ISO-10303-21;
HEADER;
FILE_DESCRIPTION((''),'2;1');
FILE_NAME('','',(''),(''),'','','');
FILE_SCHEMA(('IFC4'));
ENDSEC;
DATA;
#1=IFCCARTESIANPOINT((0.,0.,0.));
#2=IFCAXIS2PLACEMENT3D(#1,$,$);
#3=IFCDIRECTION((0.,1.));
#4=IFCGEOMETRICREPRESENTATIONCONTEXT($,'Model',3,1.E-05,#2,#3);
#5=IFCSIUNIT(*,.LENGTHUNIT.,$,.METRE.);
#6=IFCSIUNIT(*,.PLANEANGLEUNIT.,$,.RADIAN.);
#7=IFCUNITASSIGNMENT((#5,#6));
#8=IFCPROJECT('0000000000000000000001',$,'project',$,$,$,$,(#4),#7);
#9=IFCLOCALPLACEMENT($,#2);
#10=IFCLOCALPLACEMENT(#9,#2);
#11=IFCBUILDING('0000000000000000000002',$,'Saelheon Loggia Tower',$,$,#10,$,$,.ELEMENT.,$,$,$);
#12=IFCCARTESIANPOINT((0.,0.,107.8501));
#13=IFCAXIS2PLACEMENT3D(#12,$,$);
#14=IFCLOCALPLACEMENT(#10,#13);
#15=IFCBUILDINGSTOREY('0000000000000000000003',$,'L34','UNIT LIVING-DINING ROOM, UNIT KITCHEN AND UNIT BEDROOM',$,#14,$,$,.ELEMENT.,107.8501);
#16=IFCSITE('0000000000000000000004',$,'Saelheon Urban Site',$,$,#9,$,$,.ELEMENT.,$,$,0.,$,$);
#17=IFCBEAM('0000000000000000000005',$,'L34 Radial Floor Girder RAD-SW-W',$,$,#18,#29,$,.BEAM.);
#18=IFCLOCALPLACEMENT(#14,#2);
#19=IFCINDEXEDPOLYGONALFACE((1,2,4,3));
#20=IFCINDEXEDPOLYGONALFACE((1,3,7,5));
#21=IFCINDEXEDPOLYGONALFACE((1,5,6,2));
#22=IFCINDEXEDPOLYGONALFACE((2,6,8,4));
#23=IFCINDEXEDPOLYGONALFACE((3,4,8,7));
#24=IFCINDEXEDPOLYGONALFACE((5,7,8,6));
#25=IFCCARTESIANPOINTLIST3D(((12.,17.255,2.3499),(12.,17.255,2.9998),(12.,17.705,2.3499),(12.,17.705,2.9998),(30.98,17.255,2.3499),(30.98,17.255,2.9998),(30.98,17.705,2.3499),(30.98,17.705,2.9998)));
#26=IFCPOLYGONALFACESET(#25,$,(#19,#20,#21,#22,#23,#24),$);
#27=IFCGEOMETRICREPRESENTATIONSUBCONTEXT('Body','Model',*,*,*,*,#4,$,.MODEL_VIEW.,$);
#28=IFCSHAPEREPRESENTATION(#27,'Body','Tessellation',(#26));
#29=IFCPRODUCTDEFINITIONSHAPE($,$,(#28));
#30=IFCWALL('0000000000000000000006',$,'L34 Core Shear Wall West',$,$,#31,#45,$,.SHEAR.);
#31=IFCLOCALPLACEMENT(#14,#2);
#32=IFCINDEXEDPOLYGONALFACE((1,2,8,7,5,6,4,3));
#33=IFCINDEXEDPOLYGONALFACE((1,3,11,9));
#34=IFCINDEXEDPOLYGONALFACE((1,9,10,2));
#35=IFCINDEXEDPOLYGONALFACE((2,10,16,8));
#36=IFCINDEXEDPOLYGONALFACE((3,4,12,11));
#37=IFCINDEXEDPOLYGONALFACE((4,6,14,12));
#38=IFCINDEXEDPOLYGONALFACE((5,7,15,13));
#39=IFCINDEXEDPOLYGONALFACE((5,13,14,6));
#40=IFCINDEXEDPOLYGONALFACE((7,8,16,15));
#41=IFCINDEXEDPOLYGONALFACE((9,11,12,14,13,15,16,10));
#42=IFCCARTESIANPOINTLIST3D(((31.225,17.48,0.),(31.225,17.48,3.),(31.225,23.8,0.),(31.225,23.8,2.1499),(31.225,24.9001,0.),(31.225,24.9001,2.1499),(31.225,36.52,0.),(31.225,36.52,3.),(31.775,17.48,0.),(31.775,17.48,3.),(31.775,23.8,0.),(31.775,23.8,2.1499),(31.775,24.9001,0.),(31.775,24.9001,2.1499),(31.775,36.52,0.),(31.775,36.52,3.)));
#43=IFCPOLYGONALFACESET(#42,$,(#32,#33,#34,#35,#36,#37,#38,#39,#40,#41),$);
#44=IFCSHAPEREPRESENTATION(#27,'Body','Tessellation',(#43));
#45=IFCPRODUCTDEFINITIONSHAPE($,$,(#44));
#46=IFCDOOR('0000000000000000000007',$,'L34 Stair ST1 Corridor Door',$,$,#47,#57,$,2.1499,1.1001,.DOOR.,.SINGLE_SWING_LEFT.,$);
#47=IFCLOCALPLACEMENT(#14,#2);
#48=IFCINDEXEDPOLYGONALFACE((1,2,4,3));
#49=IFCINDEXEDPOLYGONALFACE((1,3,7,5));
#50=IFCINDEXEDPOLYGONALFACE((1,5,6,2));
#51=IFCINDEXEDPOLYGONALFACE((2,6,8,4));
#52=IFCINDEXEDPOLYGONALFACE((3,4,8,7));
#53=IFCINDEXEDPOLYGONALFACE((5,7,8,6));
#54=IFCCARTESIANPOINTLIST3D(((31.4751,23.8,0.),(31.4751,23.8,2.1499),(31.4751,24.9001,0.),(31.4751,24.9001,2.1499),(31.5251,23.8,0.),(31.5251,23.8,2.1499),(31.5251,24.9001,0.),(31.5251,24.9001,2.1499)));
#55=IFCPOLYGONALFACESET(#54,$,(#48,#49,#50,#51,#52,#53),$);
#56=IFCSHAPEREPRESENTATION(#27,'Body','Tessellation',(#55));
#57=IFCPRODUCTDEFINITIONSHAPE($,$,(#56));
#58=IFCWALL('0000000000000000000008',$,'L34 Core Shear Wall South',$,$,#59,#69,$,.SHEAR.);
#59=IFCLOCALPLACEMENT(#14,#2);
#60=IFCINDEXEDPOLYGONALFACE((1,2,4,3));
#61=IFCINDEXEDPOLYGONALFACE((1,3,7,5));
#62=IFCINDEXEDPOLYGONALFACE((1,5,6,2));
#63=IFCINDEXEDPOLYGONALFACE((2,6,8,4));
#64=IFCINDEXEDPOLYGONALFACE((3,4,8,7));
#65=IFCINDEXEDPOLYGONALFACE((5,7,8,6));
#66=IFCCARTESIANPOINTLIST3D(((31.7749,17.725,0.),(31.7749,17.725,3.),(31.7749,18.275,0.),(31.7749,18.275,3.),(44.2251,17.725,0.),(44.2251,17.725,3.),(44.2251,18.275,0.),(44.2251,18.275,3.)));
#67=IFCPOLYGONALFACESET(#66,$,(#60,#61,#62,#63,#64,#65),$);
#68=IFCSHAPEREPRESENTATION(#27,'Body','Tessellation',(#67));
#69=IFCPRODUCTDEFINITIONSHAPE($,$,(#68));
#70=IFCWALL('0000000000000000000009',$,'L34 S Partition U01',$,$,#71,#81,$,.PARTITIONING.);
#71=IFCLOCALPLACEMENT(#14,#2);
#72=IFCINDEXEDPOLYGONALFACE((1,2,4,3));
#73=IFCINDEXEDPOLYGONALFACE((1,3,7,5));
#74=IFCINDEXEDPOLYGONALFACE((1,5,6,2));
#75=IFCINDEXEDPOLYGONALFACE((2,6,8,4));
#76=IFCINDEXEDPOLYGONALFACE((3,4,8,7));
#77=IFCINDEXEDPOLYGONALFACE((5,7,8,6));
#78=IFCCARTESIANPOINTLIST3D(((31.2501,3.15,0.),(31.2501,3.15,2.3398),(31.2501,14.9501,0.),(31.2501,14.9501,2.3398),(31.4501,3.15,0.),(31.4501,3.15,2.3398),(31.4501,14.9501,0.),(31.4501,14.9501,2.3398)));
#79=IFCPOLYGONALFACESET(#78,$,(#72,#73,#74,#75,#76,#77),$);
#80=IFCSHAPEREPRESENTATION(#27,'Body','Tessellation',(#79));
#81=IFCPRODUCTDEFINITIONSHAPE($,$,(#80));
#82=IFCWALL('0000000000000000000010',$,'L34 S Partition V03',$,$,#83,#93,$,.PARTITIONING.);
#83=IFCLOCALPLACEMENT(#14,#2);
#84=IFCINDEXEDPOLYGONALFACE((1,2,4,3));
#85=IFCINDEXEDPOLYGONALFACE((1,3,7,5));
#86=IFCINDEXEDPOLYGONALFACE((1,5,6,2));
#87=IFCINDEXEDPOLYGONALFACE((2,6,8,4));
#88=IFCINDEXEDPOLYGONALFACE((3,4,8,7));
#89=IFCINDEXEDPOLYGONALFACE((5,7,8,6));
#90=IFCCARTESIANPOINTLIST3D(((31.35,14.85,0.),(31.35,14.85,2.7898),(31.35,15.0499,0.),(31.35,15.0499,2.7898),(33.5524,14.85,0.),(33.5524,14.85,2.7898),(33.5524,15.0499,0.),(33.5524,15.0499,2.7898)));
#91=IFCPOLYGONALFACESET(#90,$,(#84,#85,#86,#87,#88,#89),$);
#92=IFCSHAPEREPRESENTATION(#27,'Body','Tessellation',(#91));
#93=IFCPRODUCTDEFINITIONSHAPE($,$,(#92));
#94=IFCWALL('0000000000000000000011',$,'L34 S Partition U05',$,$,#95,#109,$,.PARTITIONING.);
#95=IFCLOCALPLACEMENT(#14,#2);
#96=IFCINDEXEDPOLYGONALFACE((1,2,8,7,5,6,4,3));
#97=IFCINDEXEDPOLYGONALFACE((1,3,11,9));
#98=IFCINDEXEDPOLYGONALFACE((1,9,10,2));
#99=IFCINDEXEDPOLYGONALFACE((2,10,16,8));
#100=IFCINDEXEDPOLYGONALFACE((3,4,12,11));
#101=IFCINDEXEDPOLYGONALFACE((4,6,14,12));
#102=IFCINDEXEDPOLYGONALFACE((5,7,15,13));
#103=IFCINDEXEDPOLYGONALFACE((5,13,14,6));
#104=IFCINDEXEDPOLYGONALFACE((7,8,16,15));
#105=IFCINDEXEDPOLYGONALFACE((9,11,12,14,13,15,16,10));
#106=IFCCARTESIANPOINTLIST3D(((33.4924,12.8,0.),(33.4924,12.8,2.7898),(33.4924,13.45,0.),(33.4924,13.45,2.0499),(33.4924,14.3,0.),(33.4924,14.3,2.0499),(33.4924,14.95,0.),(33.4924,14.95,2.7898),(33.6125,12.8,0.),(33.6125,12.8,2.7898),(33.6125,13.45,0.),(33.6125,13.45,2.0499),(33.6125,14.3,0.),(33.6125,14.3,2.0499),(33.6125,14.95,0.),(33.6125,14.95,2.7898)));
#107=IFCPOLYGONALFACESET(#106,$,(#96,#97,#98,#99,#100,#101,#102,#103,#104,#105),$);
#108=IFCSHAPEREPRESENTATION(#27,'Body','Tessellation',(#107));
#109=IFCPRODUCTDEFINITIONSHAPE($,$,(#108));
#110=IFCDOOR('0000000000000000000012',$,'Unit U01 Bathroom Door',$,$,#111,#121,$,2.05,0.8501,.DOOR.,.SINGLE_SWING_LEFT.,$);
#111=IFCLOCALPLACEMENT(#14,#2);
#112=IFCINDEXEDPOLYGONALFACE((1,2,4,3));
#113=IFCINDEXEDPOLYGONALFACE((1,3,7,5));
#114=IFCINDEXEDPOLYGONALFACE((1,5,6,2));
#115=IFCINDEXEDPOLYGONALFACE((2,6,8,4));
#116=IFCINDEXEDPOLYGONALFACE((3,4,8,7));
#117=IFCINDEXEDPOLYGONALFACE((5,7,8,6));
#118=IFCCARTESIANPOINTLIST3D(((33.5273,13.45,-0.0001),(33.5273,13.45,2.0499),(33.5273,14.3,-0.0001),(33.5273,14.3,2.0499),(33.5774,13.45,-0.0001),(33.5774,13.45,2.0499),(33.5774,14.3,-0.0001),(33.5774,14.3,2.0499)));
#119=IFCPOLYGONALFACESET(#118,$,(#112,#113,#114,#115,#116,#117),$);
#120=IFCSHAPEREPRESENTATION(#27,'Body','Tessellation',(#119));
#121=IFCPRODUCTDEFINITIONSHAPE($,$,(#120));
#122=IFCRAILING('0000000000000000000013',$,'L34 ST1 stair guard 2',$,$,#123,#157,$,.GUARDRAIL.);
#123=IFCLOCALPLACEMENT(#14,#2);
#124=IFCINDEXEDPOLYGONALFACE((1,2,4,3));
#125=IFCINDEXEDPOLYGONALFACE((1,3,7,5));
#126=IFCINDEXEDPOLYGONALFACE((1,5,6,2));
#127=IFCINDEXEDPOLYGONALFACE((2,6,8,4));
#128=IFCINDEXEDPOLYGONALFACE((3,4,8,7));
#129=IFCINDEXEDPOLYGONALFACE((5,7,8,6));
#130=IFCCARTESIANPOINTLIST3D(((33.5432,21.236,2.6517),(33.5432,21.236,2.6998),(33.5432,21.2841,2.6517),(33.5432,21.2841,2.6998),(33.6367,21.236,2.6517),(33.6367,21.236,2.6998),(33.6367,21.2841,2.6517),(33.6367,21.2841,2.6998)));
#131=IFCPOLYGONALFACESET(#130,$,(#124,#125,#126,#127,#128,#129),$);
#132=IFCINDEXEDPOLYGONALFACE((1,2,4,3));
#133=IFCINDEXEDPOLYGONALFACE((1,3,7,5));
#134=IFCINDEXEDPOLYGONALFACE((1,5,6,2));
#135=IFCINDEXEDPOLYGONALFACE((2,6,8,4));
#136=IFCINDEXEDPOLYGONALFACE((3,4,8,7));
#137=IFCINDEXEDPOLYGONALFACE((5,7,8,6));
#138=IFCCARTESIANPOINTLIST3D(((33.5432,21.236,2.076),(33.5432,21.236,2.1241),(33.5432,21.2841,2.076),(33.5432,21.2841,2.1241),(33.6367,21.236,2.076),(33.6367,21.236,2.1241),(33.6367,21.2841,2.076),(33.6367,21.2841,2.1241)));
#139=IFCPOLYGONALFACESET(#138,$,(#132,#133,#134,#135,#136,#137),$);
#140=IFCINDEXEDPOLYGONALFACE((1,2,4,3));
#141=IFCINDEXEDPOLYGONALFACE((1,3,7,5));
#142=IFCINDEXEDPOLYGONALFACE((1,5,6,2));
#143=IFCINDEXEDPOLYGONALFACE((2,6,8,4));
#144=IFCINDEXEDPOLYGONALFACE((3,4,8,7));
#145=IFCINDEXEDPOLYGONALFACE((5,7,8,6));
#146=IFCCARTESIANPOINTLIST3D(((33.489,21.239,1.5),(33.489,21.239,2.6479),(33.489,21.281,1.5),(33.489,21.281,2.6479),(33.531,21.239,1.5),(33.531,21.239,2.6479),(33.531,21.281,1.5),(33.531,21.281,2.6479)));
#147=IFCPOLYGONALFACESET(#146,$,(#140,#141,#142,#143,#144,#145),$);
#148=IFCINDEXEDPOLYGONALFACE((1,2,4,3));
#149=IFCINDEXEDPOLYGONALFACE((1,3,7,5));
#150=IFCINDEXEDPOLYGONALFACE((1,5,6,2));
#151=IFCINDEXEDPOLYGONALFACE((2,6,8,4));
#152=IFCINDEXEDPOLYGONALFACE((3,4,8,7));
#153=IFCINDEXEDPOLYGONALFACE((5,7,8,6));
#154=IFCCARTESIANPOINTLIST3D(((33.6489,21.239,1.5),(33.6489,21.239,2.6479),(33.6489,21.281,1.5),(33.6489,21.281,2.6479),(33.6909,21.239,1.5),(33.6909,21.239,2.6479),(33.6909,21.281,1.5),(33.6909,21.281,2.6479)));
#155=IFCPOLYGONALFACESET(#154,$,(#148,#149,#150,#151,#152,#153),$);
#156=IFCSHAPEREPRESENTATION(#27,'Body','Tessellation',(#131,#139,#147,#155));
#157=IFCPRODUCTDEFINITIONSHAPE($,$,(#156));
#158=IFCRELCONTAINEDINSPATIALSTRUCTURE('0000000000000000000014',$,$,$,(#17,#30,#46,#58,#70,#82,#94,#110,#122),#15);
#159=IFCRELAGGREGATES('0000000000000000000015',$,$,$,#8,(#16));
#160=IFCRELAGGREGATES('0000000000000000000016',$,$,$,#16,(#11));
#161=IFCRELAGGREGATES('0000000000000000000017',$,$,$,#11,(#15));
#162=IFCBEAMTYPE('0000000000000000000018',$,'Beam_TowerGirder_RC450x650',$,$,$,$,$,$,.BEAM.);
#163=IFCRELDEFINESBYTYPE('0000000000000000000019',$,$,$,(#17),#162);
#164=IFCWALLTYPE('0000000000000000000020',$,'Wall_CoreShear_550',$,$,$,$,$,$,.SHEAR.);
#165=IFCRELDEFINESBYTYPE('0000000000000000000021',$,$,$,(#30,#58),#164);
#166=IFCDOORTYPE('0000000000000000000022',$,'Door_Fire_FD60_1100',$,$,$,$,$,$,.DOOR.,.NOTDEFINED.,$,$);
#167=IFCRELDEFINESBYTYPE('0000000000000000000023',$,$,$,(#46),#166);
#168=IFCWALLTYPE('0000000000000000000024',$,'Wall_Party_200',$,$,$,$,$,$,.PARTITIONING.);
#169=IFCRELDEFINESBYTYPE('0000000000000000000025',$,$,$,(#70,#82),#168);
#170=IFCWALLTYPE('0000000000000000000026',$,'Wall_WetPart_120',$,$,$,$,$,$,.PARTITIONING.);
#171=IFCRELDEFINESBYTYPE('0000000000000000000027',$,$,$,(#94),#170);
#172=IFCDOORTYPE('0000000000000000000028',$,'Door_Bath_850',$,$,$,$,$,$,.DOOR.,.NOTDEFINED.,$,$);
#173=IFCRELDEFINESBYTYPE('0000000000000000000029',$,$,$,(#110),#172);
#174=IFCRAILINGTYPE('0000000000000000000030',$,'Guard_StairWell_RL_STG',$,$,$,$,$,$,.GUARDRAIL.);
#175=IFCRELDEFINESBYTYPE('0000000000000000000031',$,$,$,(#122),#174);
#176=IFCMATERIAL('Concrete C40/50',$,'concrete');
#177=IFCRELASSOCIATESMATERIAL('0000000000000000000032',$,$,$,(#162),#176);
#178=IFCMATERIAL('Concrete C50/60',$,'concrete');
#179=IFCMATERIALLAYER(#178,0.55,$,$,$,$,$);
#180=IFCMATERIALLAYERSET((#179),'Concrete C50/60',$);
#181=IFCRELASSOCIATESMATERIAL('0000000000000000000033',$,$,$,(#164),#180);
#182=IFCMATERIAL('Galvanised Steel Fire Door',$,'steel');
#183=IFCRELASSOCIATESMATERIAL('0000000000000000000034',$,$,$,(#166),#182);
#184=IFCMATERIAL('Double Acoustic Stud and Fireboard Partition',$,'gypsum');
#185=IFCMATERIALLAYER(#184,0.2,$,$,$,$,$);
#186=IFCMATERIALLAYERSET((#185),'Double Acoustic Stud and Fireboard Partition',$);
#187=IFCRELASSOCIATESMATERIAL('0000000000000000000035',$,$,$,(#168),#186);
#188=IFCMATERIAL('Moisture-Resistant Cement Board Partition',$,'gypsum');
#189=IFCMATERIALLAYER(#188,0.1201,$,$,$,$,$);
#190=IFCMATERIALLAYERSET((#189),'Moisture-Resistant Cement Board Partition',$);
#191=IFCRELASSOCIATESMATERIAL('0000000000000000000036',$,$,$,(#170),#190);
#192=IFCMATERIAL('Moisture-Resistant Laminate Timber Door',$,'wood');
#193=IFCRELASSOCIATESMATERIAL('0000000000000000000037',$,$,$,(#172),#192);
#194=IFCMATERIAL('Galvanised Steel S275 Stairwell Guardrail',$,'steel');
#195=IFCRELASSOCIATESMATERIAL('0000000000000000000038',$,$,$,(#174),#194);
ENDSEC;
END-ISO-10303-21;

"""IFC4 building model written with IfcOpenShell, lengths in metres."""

from ifc_helpers import new_model, si_unit, direction, frame, frame_2d, origin, origin_2d, place, context, subcontext, project, spatial, rectangle, extrude, source, transform, mapped, material, layer, layer_set, material_profile, profile_set, type_object, element, fill, save


model = new_model("IFC4")

# Units and contexts
model_context = context("Model", 3, precision=1e-05, world=origin(), true_north=direction((0.0, 1.0)))
body_context = subcontext(model_context, "Body", "Model", "MODEL_VIEW")
ifc_project = project(units=[si_unit("LENGTHUNIT", "METRE"), si_unit("PLANEANGLEUNIT", "RADIAN")], contexts=[model_context])

# Site, building, storey
site_placement = place(None, origin())
site = spatial("IfcSite", under=ifc_project, at=site_placement, Name="Saelheon Urban Site", CompositionType="ELEMENT", RefElevation=0.0)
building_placement = place(site_placement, origin())
building = spatial("IfcBuilding", under=site, at=building_placement, Name="Saelheon Loggia Tower", CompositionType="ELEMENT")
storey_placement = place(building_placement, frame((0.0, 0.0, 107.8501)))
storey = spatial("IfcBuildingStorey", under=building, at=storey_placement, Name="L34", Description="UNIT LIVING-DINING ROOM, UNIT KITCHEN AND UNIT BEDROOM", CompositionType="ELEMENT", Elevation=107.8501)

# Beam
ifc_material_1 = material(Name="Concrete C40/50", Category="concrete")
ifc_material_profile = material_profile(ifc_material_1, rectangle(XDim=0.45, YDim=0.6499, at=origin_2d()), Name="RC-450x650")
ifc_profile_set = profile_set([ifc_material_profile], Name="Concrete C40/50")
beam_type = type_object("IfcBeamType", Name="Beam_TowerGirder_RC450x650", PredefinedType="BEAM", material=ifc_profile_set)
shared_shape_1 = source(origin(), body_context, "Body", "SweptSolid", [
    extrude(rectangle(XDim=0.45, YDim=0.6499, at=origin_2d()), origin(), (0.0, 0.0, 1.0), 18.98),
])
beam_placement = place(storey_placement, frame((30.98, 17.48, 2.6748), z_axis=(-1.0, 0.0, 0.0), x_axis=(0.0, -1.0, 0.0)))
element("IfcBeam", 1, at=beam_placement, inside=storey, type_object=beam_type, Name="L34 Radial Floor Girder RAD-SW-W", PredefinedType="BEAM", context=body_context, shape_type="MappedRepresentation", body=[
    mapped(shared_shape_1, transform((0.0, 0.0, 0.0), scale=1.0)),
])

# Wall, opening, door
ifc_material_2 = material(Name="Concrete C50/60", Category="concrete")
ifc_layer_1 = layer(ifc_material_2, 0.55)
ifc_layer_set_1 = layer_set([ifc_layer_1], Name="Concrete C50/60")
wall_type_1 = type_object("IfcWallType", Name="Wall_CoreShear_550", PredefinedType="SHEAR", material=ifc_layer_set_1)
wall_1_placement = place(storey_placement, frame((31.5, 17.48, 0.0), z_axis=(0.0, 0.0, 1.0), x_axis=(0.0, 1.0, 0.0)))
wall_1 = element("IfcWall", 2, at=wall_1_placement, inside=storey, type_object=wall_type_1, Name="L34 Core Shear Wall West", PredefinedType="SHEAR", context=body_context, shape_type="SweptSolid", body=[
    extrude(rectangle(XDim=19.04, YDim=0.55, at=frame_2d((9.52, 0.0))), origin(), (0.0, 0.0, 1.0), 3.0),
])
opening_1_placement = place(wall_1_placement, frame((6.3201, 0.0, 0.0)))
opening_1 = element("IfcOpeningElement", 3, at=opening_1_placement, cuts=wall_1, PredefinedType="OPENING", context=body_context, shape_type="SweptSolid", body=[
    extrude(rectangle(XDim=1.1001, YDim=2.1499, at=frame_2d((0.55, 1.075))), frame((0.0, 0.2871, 0.0), z_axis=(0.0, -1.0, 0.0), x_axis=(1.0, 0.0, 0.0)), (0.0, 0.0, 1.0), 0.574),
])
ifc_material_3 = material(Name="Galvanised Steel Fire Door", Category="steel")
door_type_1 = type_object("IfcDoorType", Name="Door_Fire_FD60_1100", OperationType="NOTDEFINED", PredefinedType="DOOR", material=ifc_material_3)
shared_shape_2 = source(origin(), body_context, "Body", "SweptSolid", [
    extrude(rectangle(XDim=1.1001, YDim=2.1499, at=frame_2d((0.55, 1.075))), frame((0.0, 0.0249, 0.0), z_axis=(0.0, -1.0, 0.0), x_axis=(1.0, 0.0, 0.0)), (0.0, 0.0, 1.0), 0.05),
])
door_1_placement = place(opening_1_placement, origin())
door_1 = element("IfcDoor", 4, at=door_1_placement, inside=storey, type_object=door_type_1, Name="L34 Stair ST1 Corridor Door", OperationType="SINGLE_SWING_LEFT", OverallHeight=2.1499, OverallWidth=1.1001, PredefinedType="DOOR", context=body_context, shape_type="MappedRepresentation", body=[
    mapped(shared_shape_2, transform((0.0, 0.0, 0.0), scale=1.0)),
])
fill(opening_1, door_1)

# Walls
wall_2_placement = place(storey_placement, frame((31.7749, 18.0, 0.0), z_axis=(0.0, 0.0, 1.0), x_axis=(1.0, 0.0, 0.0)))
element("IfcWall", 5, at=wall_2_placement, inside=storey, type_object=wall_type_1, Name="L34 Core Shear Wall South", PredefinedType="SHEAR", context=body_context, shape_type="SweptSolid", body=[
    extrude(rectangle(XDim=12.4502, YDim=0.55, at=frame_2d((6.2251, 0.0))), origin(), (0.0, 0.0, 1.0), 3.0),
])
ifc_material_4 = material(Name="Double Acoustic Stud and Fireboard Partition", Category="gypsum")
ifc_layer_2 = layer(ifc_material_4, 0.2)
ifc_layer_set_2 = layer_set([ifc_layer_2], Name="Double Acoustic Stud and Fireboard Partition")
wall_type_2 = type_object("IfcWallType", Name="Wall_Party_200", PredefinedType="PARTITIONING", material=ifc_layer_set_2)
wall_3_placement = place(storey_placement, frame((31.3501, 14.95, 0.0), z_axis=(0.0, 0.0, 1.0), x_axis=(0.0, -1.0, 0.0)))
element("IfcWall", 6, at=wall_3_placement, inside=storey, type_object=wall_type_2, Name="L34 S Partition U01", PredefinedType="PARTITIONING", context=body_context, shape_type="SweptSolid", body=[
    extrude(rectangle(XDim=11.8, YDim=0.2, at=frame_2d((5.8999, 0.0))), origin(), (0.0, 0.0, 1.0), 2.3398),
])
wall_4_placement = place(storey_placement, frame((31.3501, 14.95, 0.0), z_axis=(0.0, 0.0, 1.0), x_axis=(1.0, 0.0, 0.0)))
element("IfcWall", 7, at=wall_4_placement, inside=storey, type_object=wall_type_2, Name="L34 S Partition V03", PredefinedType="PARTITIONING", context=body_context, shape_type="SweptSolid", body=[
    extrude(rectangle(XDim=2.2024, YDim=0.2, at=frame_2d((1.1011, 0.0))), origin(), (0.0, 0.0, 1.0), 2.7898),
])

# Wall, opening, door
ifc_material_5 = material(Name="Moisture-Resistant Cement Board Partition", Category="gypsum")
ifc_layer_3 = layer(ifc_material_5, 0.1201)
ifc_layer_set_3 = layer_set([ifc_layer_3], Name="Moisture-Resistant Cement Board Partition")
wall_type_3 = type_object("IfcWallType", Name="Wall_WetPart_120", PredefinedType="PARTITIONING", material=ifc_layer_set_3)
wall_5_placement = place(storey_placement, frame((33.5525, 14.95, 0.0), z_axis=(0.0, 0.0, 1.0), x_axis=(0.0, -1.0, 0.0)))
wall_5 = element("IfcWall", 8, at=wall_5_placement, inside=storey, type_object=wall_type_3, Name="L34 S Partition U05", PredefinedType="PARTITIONING", context=body_context, shape_type="SweptSolid", body=[
    extrude(rectangle(XDim=2.1499, YDim=0.1201, at=frame_2d((1.075, 0.0))), origin(), (0.0, 0.0, 1.0), 2.7898),
])
opening_2_placement = place(wall_5_placement, frame((0.6499, 0.0, 0.0)))
opening_2 = element("IfcOpeningElement", 9, at=opening_2_placement, cuts=wall_5, PredefinedType="OPENING", context=body_context, shape_type="SweptSolid", body=[
    extrude(rectangle(XDim=0.8501, YDim=2.05, at=frame_2d((0.425, 1.0249))), frame((0.0, 0.072, 0.0), z_axis=(0.0, -1.0, 0.0), x_axis=(1.0, 0.0, 0.0)), (0.0, 0.0, 1.0), 0.144),
])
ifc_material_6 = material(Name="Moisture-Resistant Laminate Timber Door", Category="wood")
door_type_2 = type_object("IfcDoorType", Name="Door_Bath_850", OperationType="NOTDEFINED", PredefinedType="DOOR", material=ifc_material_6)
shared_shape_3 = source(origin(), body_context, "Body", "SweptSolid", [
    extrude(rectangle(XDim=0.8501, YDim=2.05, at=frame_2d((0.425, 1.0249))), frame((0.0, 0.0249, 0.0), z_axis=(0.0, -1.0, 0.0), x_axis=(1.0, 0.0, 0.0)), (0.0, 0.0, 1.0), 0.05),
])
door_2_placement = place(opening_2_placement, origin())
door_2 = element("IfcDoor", 10, at=door_2_placement, inside=storey, type_object=door_type_2, Name="Unit U01 Bathroom Door", OperationType="SINGLE_SWING_LEFT", OverallHeight=2.05, OverallWidth=0.8501, PredefinedType="DOOR", context=body_context, shape_type="MappedRepresentation", body=[
    mapped(shared_shape_3, transform((0.0, 0.0, 0.0), scale=1.0)),
])
fill(opening_2, door_2)

# Railing
ifc_material_7 = material(Name="Galvanised Steel S275 Stairwell Guardrail", Category="steel")
railing_type_1 = type_object("IfcRailingType", Name="Guard_StairWell_RL_STG", PredefinedType="GUARDRAIL", material=ifc_material_7)
railing_1_placement = place(storey_placement, frame((33.51, 21.26, 1.5)))
element("IfcRailing", 11, at=railing_1_placement, inside=storey, type_object=railing_type_1, Name="L34 ST1 stair guard 2", PredefinedType="GUARDRAIL", context=body_context, shape_type="SweptSolid", body=[
    extrude(rectangle(XDim=0.0481, YDim=0.0481, at=origin_2d()), frame((0.0332, 0.0, 1.1758), z_axis=(1.0, 0.0, 0.0), x_axis=(0.0, 1.0, 0.0)), (0.0, 0.0, 1.0), 0.0935),
    extrude(rectangle(XDim=0.0481, YDim=0.0481, at=origin_2d()), frame((0.0332, 0.0, 0.6001), z_axis=(1.0, 0.0, 0.0), x_axis=(0.0, 1.0, 0.0)), (0.0, 0.0, 1.0), 0.0935),
    extrude(rectangle(XDim=0.042, YDim=0.042, at=origin_2d()), origin(), (0.0, 0.0, 1.0), 1.1479),
    extrude(rectangle(XDim=0.042, YDim=0.042, at=origin_2d()), frame((0.1599, 0.0, 0.0)), (0.0, 0.0, 1.0), 1.1479),
])

save(model, "model.ifc")
